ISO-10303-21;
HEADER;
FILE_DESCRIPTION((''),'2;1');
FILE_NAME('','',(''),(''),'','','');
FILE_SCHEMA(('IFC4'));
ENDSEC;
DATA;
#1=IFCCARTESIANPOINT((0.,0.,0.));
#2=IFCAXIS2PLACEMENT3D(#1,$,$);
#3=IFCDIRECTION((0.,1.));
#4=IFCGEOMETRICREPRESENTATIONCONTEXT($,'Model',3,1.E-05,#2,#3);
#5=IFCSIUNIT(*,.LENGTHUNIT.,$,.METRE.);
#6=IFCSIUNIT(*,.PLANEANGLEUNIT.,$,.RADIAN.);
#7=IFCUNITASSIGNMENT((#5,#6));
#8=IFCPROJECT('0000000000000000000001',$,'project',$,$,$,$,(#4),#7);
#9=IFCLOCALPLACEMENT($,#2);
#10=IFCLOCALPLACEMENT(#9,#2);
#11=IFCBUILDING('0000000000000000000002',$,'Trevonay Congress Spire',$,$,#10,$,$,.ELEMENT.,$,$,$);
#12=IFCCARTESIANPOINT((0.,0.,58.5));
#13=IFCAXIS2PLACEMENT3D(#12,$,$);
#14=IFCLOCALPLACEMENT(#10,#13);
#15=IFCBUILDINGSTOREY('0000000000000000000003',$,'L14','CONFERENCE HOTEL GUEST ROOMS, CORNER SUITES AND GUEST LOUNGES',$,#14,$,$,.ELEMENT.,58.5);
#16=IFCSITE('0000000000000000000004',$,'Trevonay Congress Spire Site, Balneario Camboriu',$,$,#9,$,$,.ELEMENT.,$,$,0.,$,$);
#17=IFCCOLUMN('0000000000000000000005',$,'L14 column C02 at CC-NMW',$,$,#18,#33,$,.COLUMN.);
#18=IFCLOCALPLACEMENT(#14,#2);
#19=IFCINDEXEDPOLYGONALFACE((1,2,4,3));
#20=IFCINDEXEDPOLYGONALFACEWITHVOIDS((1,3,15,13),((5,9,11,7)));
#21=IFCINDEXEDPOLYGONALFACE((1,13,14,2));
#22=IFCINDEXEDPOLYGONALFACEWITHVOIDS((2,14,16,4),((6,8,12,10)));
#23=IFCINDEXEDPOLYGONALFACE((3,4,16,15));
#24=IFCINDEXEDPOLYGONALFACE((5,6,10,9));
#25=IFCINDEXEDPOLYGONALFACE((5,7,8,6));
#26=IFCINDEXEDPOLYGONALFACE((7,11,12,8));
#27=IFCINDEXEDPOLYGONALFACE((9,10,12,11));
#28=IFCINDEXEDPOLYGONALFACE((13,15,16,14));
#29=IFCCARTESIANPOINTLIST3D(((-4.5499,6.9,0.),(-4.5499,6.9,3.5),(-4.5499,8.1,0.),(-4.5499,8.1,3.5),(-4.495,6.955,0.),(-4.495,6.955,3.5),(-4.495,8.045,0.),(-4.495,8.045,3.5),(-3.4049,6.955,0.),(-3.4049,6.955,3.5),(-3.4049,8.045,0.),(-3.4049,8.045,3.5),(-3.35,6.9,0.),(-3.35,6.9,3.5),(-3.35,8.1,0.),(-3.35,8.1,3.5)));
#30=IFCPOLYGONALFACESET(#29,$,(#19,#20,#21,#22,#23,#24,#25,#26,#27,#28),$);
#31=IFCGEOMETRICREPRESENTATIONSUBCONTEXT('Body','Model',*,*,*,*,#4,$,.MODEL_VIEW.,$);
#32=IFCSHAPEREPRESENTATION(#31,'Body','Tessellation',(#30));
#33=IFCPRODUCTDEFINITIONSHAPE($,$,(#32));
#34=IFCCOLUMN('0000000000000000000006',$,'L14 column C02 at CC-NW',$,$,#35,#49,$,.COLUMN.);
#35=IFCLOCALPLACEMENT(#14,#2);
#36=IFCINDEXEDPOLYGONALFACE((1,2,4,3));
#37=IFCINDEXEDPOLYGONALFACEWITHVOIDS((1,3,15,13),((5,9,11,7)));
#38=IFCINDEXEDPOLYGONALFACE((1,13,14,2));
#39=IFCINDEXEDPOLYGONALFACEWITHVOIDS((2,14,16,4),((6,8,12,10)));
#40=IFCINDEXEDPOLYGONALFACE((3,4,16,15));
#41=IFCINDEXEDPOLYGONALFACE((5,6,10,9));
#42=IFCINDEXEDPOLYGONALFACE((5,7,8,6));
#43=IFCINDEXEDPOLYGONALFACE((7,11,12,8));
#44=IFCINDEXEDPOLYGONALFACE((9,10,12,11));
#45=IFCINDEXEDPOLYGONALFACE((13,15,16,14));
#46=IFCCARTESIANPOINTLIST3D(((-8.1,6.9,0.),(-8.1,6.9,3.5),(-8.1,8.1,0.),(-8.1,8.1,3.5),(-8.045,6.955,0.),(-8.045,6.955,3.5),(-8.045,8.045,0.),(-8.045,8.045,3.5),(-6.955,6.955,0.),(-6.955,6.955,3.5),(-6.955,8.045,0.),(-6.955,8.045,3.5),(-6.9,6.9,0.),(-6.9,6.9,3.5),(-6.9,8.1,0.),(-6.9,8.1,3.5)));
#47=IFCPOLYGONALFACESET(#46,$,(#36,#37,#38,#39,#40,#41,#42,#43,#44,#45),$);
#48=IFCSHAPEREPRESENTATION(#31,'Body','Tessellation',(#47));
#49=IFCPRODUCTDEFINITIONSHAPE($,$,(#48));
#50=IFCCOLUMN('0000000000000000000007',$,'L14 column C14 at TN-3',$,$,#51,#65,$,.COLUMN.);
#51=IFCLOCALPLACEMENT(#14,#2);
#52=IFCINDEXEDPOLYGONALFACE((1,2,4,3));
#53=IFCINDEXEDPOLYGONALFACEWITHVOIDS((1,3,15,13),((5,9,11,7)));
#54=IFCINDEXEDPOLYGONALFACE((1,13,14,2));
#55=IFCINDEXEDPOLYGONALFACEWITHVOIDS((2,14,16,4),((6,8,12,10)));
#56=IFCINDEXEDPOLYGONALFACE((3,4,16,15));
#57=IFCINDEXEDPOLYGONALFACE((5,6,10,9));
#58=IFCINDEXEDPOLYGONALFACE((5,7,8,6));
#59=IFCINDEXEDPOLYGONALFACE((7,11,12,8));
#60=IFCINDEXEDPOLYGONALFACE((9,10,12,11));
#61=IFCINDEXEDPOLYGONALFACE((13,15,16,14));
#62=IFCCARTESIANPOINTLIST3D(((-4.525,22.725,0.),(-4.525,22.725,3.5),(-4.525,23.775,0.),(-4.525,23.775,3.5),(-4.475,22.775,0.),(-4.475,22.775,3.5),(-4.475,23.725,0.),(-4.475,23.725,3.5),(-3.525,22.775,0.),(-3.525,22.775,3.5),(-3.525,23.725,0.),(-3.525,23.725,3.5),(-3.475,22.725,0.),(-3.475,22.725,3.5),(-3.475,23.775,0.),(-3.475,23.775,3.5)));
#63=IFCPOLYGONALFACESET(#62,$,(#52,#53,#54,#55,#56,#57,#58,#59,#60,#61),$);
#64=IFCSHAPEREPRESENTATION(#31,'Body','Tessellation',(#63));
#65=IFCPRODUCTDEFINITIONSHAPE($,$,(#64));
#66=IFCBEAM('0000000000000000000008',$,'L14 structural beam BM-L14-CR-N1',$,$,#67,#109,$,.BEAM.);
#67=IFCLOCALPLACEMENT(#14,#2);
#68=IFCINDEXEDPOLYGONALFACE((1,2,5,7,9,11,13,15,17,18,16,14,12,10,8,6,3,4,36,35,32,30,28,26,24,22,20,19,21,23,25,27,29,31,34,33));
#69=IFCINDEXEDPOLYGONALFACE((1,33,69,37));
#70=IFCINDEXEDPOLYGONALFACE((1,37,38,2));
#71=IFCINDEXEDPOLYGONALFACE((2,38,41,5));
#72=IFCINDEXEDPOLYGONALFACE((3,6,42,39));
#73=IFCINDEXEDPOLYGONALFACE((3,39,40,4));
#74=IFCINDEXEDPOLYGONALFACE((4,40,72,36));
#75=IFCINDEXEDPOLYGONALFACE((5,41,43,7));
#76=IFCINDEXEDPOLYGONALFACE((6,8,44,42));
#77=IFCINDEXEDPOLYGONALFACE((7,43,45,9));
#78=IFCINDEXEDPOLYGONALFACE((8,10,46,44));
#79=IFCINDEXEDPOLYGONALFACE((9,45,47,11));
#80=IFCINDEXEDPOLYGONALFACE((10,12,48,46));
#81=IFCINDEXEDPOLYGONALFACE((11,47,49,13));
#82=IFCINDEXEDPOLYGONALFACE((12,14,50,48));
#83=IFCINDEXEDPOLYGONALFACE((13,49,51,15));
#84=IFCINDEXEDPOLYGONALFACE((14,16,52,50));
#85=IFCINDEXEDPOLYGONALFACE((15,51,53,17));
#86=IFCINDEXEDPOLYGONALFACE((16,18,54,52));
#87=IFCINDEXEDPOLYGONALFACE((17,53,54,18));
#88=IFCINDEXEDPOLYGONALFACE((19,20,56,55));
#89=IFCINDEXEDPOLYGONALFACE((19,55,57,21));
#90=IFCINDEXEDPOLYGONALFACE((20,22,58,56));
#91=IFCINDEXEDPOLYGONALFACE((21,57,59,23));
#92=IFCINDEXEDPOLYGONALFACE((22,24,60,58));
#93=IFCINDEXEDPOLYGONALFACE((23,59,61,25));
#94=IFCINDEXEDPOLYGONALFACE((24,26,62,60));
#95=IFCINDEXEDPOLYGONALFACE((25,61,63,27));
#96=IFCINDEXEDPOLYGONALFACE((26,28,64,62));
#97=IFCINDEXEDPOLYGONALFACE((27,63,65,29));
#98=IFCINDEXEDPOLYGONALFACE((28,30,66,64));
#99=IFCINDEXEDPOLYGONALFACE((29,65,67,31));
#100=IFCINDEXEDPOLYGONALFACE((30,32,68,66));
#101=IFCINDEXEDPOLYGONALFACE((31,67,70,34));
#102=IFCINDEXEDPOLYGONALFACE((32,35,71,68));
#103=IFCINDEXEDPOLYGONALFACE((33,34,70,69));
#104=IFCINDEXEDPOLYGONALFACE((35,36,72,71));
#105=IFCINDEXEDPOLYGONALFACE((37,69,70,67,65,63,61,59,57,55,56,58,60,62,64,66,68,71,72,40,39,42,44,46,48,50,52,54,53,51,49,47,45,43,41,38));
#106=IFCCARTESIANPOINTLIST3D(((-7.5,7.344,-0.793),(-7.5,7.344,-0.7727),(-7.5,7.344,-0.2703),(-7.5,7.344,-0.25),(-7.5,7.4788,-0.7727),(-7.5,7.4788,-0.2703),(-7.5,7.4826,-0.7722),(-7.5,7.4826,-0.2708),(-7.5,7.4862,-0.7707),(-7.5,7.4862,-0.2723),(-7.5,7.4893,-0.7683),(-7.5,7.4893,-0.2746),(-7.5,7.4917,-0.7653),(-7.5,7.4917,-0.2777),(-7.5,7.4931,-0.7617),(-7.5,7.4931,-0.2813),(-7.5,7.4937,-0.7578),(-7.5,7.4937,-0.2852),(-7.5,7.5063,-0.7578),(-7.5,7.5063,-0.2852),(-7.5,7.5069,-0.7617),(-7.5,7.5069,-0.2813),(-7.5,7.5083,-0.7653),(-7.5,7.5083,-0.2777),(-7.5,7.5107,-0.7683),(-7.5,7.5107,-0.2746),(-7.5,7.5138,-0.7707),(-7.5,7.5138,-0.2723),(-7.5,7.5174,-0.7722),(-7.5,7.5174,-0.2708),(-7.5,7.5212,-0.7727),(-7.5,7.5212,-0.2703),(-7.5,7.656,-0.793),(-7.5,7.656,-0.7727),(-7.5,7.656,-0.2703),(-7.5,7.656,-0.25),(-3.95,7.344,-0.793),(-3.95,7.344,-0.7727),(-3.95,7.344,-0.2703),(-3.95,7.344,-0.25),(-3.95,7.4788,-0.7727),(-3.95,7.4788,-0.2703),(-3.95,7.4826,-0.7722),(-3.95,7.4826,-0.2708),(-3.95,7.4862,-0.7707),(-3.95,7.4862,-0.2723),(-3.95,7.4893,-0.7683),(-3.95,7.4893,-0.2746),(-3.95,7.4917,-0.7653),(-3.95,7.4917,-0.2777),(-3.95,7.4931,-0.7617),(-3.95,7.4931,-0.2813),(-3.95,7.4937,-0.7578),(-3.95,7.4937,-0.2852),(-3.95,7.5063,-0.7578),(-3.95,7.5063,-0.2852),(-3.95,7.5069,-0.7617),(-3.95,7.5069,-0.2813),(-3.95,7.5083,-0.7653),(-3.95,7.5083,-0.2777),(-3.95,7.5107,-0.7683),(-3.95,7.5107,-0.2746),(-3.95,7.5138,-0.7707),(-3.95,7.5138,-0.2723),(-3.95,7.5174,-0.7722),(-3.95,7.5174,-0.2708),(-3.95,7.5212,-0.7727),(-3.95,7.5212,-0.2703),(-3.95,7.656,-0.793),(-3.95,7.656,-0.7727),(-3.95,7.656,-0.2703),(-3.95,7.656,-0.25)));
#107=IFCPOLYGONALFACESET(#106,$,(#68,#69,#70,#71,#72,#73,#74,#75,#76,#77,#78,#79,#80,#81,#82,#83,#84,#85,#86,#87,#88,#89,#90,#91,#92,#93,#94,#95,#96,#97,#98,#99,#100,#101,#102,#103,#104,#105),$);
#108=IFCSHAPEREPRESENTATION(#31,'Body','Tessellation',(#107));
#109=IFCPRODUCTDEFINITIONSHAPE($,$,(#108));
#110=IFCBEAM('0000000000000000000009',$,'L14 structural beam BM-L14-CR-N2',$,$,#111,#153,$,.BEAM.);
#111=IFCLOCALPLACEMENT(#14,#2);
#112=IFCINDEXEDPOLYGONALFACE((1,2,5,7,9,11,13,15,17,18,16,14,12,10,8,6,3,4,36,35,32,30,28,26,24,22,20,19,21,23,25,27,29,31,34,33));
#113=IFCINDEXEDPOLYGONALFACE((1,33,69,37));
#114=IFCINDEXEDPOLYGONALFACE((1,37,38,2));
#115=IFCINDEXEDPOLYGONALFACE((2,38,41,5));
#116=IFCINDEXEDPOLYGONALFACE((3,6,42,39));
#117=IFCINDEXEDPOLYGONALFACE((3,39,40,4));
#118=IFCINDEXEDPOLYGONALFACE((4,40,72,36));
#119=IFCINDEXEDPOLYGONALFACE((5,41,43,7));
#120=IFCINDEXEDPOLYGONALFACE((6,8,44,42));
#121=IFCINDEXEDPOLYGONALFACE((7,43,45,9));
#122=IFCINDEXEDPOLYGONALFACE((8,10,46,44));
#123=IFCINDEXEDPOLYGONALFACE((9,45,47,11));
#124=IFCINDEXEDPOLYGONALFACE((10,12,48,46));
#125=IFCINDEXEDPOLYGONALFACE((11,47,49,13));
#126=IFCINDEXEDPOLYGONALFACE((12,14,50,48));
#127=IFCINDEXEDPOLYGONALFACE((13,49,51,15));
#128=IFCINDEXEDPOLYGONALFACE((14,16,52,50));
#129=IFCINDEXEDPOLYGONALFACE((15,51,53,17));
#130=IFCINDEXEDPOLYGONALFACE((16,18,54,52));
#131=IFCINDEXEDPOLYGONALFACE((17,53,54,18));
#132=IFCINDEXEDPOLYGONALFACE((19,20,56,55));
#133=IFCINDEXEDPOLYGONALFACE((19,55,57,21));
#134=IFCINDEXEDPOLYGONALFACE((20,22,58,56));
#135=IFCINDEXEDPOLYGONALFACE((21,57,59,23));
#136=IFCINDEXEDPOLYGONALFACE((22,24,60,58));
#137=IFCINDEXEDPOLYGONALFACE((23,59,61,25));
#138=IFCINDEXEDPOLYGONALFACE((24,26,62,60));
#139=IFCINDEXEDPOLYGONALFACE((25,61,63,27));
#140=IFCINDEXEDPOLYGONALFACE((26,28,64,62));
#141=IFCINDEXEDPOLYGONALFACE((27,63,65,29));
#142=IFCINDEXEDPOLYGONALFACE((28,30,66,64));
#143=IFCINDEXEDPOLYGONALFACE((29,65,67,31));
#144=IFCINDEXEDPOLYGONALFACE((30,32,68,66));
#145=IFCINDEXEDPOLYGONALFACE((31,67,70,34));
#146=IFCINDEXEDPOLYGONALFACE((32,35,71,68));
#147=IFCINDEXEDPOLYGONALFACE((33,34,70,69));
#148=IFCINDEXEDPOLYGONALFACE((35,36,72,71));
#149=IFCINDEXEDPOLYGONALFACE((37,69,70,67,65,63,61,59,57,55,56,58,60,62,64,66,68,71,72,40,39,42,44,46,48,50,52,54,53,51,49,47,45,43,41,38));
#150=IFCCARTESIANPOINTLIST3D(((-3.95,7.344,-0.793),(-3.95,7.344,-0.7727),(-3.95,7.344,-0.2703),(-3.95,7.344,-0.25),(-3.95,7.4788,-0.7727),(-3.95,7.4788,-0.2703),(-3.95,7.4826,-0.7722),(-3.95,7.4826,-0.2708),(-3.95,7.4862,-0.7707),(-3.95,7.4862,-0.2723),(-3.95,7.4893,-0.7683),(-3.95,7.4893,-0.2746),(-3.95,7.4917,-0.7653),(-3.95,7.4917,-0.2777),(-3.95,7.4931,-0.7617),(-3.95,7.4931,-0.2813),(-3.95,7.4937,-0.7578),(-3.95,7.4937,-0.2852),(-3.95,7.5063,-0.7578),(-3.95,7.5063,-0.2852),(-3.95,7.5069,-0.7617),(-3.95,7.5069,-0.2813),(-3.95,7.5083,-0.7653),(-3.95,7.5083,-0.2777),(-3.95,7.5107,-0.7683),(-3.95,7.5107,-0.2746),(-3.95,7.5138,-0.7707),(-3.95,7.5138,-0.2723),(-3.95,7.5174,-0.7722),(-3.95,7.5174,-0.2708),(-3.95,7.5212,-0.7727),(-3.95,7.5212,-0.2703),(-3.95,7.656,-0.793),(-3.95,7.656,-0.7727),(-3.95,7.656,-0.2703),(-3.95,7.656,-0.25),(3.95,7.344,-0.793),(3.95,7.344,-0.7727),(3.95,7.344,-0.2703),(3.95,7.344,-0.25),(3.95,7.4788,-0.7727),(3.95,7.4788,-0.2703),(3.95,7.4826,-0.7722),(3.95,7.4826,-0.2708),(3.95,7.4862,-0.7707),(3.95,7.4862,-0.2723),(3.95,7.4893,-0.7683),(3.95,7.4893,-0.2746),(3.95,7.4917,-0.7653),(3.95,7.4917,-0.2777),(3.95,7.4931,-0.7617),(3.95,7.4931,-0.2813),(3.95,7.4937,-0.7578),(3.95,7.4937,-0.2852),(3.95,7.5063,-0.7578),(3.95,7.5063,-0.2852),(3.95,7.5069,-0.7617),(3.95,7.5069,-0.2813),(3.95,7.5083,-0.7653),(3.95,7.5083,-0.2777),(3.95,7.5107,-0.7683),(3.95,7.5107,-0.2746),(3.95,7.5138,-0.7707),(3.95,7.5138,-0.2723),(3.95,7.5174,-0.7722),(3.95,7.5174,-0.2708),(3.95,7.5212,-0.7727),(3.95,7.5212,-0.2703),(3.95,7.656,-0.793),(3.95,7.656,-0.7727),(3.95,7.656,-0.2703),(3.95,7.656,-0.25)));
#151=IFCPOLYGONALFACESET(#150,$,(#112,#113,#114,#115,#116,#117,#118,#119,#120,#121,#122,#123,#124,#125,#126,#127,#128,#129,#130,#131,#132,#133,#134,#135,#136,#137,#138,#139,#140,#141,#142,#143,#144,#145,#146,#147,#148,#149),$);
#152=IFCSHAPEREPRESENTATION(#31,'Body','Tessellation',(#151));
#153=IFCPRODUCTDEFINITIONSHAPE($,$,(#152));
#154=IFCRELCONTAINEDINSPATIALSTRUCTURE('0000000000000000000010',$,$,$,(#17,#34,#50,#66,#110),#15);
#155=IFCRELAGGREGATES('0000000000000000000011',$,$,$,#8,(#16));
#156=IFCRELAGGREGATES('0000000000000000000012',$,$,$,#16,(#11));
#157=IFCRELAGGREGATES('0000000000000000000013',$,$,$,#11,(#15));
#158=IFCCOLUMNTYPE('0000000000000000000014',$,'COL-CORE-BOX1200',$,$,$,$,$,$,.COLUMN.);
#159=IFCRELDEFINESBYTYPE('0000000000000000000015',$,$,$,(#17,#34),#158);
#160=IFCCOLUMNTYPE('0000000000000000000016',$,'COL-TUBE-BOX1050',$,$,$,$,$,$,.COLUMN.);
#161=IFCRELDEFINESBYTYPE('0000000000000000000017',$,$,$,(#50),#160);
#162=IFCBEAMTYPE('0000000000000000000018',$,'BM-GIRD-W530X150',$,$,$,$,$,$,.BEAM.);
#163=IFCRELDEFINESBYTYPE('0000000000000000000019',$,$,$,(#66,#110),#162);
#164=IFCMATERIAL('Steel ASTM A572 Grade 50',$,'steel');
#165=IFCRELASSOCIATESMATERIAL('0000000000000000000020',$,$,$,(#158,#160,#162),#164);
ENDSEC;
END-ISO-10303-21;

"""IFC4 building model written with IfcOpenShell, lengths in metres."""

from ifc_helpers import new_model, si_unit, direction, frame, origin, origin_2d, place, context, subcontext, project, spatial, hollow_rectangle, i_section, extrude, material, material_profile, profile_set, type_object, element, save


model = new_model("IFC4")

# Units and contexts
model_context = context("Model", 3, precision=1e-05, world=origin(), true_north=direction((0.0, 1.0)))
body_context = subcontext(model_context, "Body", "Model", "MODEL_VIEW")
ifc_project = project(units=[si_unit("LENGTHUNIT", "METRE"), si_unit("PLANEANGLEUNIT", "RADIAN")], contexts=[model_context])

# Site, building, storey
site_placement = place(None, origin())
site = spatial("IfcSite", under=ifc_project, at=site_placement, Name="Trevonay Congress Spire Site, Balneario Camboriu", CompositionType="ELEMENT", RefElevation=0.0)
building_placement = place(site_placement, origin())
building = spatial("IfcBuilding", under=site, at=building_placement, Name="Trevonay Congress Spire", CompositionType="ELEMENT")
storey_placement = place(building_placement, frame((0.0, 0.0, 58.5)))
storey = spatial("IfcBuildingStorey", under=building, at=storey_placement, Name="L14", Description="CONFERENCE HOTEL GUEST ROOMS, CORNER SUITES AND GUEST LOUNGES", CompositionType="ELEMENT", Elevation=58.5)

# Columns
ifc_material_1 = material(Name="Steel ASTM A572 Grade 50", Category="steel")
ifc_material_profile_1 = material_profile(ifc_material_1, hollow_rectangle(XDim=1.2, YDim=1.2, WallThickness=0.0549, at=origin_2d()), Name="BOX 1200x1200x55")
ifc_profile_set_1 = profile_set([ifc_material_profile_1], Name="Steel ASTM A572 Grade 50")
column_type_1 = type_object("IfcColumnType", Name="COL-CORE-BOX1200", PredefinedType="COLUMN", material=ifc_profile_set_1)
for number, where, z_axis, x_axis, name in (
    (1, (-3.95, 7.5, 0.0), (0.0, 0.0, 1.0), (1.0, 0.0, 0.0), "L14 column C02 at CC-NMW"),
    (2, (-7.5, 7.5, 0.0), (0.0, 0.0, 1.0), (1.0, 0.0, 0.0), "L14 column C02 at CC-NW"),
):
    element("IfcColumn", number, at=place(storey_placement, frame(where, z_axis=z_axis, x_axis=x_axis)), inside=storey, type_object=column_type_1, Name=name, PredefinedType="COLUMN", context=body_context, shape_type="SweptSolid", body=[
        extrude(hollow_rectangle(XDim=1.2, YDim=1.2, WallThickness=0.0549, at=origin_2d()), origin(), (0.0, 0.0, 1.0), 3.5),
    ])
ifc_material_profile_2 = material_profile(ifc_material_1, hollow_rectangle(XDim=1.05, YDim=1.05, WallThickness=0.05, at=origin_2d()), Name="BOX 1050x1050x50")
ifc_profile_set_2 = profile_set([ifc_material_profile_2], Name="Steel ASTM A572 Grade 50")
column_type_2 = type_object("IfcColumnType", Name="COL-TUBE-BOX1050", PredefinedType="COLUMN", material=ifc_profile_set_2)
column_placement = place(storey_placement, frame((-4.0, 23.25, 0.0), z_axis=(0.0, 0.0, 1.0), x_axis=(1.0, 0.0, 0.0)))
element("IfcColumn", 3, at=column_placement, inside=storey, type_object=column_type_2, Name="L14 column C14 at TN-3", PredefinedType="COLUMN", context=body_context, shape_type="SweptSolid", body=[
    extrude(hollow_rectangle(XDim=1.05, YDim=1.05, WallThickness=0.05, at=origin_2d()), origin(), (0.0, 0.0, 1.0), 3.5),
])

# Beams
ifc_material_profile_3 = material_profile(ifc_material_1, i_section(OverallWidth=0.312, OverallDepth=0.543, WebThickness=0.0127, FlangeThickness=0.0203, FilletRadius=0.0149, at=origin_2d()), Name="W530x150")
ifc_profile_set_3 = profile_set([ifc_material_profile_3], Name="Steel ASTM A572 Grade 50")
beam_type_1 = type_object("IfcBeamType", Name="BM-GIRD-W530X150", PredefinedType="BEAM", material=ifc_profile_set_3)
beam_1_placement = place(storey_placement, frame((-7.5, 7.5, -0.5215), z_axis=(1.0, 0.0, 0.0), x_axis=(0.0, 1.0, 0.0)))
element("IfcBeam", 4, at=beam_1_placement, inside=storey, type_object=beam_type_1, Name="L14 structural beam BM-L14-CR-N1", PredefinedType="BEAM", context=body_context, shape_type="SweptSolid", body=[
    extrude(i_section(OverallWidth=0.312, OverallDepth=0.543, WebThickness=0.0127, FlangeThickness=0.0203, FilletRadius=0.0149, at=origin_2d()), origin(), (0.0, 0.0, 1.0), 3.55),
])
beam_2_placement = place(storey_placement, frame((-3.95, 7.5, -0.5215), z_axis=(1.0, 0.0, 0.0), x_axis=(0.0, 1.0, 0.0)))
element("IfcBeam", 5, at=beam_2_placement, inside=storey, type_object=beam_type_1, Name="L14 structural beam BM-L14-CR-N2", PredefinedType="BEAM", context=body_context, shape_type="SweptSolid", body=[
    extrude(i_section(OverallWidth=0.312, OverallDepth=0.543, WebThickness=0.0127, FlangeThickness=0.0203, FilletRadius=0.0149, at=origin_2d()), origin(), (0.0, 0.0, 1.0), 7.8999),
])

save(model, "model.ifc")
